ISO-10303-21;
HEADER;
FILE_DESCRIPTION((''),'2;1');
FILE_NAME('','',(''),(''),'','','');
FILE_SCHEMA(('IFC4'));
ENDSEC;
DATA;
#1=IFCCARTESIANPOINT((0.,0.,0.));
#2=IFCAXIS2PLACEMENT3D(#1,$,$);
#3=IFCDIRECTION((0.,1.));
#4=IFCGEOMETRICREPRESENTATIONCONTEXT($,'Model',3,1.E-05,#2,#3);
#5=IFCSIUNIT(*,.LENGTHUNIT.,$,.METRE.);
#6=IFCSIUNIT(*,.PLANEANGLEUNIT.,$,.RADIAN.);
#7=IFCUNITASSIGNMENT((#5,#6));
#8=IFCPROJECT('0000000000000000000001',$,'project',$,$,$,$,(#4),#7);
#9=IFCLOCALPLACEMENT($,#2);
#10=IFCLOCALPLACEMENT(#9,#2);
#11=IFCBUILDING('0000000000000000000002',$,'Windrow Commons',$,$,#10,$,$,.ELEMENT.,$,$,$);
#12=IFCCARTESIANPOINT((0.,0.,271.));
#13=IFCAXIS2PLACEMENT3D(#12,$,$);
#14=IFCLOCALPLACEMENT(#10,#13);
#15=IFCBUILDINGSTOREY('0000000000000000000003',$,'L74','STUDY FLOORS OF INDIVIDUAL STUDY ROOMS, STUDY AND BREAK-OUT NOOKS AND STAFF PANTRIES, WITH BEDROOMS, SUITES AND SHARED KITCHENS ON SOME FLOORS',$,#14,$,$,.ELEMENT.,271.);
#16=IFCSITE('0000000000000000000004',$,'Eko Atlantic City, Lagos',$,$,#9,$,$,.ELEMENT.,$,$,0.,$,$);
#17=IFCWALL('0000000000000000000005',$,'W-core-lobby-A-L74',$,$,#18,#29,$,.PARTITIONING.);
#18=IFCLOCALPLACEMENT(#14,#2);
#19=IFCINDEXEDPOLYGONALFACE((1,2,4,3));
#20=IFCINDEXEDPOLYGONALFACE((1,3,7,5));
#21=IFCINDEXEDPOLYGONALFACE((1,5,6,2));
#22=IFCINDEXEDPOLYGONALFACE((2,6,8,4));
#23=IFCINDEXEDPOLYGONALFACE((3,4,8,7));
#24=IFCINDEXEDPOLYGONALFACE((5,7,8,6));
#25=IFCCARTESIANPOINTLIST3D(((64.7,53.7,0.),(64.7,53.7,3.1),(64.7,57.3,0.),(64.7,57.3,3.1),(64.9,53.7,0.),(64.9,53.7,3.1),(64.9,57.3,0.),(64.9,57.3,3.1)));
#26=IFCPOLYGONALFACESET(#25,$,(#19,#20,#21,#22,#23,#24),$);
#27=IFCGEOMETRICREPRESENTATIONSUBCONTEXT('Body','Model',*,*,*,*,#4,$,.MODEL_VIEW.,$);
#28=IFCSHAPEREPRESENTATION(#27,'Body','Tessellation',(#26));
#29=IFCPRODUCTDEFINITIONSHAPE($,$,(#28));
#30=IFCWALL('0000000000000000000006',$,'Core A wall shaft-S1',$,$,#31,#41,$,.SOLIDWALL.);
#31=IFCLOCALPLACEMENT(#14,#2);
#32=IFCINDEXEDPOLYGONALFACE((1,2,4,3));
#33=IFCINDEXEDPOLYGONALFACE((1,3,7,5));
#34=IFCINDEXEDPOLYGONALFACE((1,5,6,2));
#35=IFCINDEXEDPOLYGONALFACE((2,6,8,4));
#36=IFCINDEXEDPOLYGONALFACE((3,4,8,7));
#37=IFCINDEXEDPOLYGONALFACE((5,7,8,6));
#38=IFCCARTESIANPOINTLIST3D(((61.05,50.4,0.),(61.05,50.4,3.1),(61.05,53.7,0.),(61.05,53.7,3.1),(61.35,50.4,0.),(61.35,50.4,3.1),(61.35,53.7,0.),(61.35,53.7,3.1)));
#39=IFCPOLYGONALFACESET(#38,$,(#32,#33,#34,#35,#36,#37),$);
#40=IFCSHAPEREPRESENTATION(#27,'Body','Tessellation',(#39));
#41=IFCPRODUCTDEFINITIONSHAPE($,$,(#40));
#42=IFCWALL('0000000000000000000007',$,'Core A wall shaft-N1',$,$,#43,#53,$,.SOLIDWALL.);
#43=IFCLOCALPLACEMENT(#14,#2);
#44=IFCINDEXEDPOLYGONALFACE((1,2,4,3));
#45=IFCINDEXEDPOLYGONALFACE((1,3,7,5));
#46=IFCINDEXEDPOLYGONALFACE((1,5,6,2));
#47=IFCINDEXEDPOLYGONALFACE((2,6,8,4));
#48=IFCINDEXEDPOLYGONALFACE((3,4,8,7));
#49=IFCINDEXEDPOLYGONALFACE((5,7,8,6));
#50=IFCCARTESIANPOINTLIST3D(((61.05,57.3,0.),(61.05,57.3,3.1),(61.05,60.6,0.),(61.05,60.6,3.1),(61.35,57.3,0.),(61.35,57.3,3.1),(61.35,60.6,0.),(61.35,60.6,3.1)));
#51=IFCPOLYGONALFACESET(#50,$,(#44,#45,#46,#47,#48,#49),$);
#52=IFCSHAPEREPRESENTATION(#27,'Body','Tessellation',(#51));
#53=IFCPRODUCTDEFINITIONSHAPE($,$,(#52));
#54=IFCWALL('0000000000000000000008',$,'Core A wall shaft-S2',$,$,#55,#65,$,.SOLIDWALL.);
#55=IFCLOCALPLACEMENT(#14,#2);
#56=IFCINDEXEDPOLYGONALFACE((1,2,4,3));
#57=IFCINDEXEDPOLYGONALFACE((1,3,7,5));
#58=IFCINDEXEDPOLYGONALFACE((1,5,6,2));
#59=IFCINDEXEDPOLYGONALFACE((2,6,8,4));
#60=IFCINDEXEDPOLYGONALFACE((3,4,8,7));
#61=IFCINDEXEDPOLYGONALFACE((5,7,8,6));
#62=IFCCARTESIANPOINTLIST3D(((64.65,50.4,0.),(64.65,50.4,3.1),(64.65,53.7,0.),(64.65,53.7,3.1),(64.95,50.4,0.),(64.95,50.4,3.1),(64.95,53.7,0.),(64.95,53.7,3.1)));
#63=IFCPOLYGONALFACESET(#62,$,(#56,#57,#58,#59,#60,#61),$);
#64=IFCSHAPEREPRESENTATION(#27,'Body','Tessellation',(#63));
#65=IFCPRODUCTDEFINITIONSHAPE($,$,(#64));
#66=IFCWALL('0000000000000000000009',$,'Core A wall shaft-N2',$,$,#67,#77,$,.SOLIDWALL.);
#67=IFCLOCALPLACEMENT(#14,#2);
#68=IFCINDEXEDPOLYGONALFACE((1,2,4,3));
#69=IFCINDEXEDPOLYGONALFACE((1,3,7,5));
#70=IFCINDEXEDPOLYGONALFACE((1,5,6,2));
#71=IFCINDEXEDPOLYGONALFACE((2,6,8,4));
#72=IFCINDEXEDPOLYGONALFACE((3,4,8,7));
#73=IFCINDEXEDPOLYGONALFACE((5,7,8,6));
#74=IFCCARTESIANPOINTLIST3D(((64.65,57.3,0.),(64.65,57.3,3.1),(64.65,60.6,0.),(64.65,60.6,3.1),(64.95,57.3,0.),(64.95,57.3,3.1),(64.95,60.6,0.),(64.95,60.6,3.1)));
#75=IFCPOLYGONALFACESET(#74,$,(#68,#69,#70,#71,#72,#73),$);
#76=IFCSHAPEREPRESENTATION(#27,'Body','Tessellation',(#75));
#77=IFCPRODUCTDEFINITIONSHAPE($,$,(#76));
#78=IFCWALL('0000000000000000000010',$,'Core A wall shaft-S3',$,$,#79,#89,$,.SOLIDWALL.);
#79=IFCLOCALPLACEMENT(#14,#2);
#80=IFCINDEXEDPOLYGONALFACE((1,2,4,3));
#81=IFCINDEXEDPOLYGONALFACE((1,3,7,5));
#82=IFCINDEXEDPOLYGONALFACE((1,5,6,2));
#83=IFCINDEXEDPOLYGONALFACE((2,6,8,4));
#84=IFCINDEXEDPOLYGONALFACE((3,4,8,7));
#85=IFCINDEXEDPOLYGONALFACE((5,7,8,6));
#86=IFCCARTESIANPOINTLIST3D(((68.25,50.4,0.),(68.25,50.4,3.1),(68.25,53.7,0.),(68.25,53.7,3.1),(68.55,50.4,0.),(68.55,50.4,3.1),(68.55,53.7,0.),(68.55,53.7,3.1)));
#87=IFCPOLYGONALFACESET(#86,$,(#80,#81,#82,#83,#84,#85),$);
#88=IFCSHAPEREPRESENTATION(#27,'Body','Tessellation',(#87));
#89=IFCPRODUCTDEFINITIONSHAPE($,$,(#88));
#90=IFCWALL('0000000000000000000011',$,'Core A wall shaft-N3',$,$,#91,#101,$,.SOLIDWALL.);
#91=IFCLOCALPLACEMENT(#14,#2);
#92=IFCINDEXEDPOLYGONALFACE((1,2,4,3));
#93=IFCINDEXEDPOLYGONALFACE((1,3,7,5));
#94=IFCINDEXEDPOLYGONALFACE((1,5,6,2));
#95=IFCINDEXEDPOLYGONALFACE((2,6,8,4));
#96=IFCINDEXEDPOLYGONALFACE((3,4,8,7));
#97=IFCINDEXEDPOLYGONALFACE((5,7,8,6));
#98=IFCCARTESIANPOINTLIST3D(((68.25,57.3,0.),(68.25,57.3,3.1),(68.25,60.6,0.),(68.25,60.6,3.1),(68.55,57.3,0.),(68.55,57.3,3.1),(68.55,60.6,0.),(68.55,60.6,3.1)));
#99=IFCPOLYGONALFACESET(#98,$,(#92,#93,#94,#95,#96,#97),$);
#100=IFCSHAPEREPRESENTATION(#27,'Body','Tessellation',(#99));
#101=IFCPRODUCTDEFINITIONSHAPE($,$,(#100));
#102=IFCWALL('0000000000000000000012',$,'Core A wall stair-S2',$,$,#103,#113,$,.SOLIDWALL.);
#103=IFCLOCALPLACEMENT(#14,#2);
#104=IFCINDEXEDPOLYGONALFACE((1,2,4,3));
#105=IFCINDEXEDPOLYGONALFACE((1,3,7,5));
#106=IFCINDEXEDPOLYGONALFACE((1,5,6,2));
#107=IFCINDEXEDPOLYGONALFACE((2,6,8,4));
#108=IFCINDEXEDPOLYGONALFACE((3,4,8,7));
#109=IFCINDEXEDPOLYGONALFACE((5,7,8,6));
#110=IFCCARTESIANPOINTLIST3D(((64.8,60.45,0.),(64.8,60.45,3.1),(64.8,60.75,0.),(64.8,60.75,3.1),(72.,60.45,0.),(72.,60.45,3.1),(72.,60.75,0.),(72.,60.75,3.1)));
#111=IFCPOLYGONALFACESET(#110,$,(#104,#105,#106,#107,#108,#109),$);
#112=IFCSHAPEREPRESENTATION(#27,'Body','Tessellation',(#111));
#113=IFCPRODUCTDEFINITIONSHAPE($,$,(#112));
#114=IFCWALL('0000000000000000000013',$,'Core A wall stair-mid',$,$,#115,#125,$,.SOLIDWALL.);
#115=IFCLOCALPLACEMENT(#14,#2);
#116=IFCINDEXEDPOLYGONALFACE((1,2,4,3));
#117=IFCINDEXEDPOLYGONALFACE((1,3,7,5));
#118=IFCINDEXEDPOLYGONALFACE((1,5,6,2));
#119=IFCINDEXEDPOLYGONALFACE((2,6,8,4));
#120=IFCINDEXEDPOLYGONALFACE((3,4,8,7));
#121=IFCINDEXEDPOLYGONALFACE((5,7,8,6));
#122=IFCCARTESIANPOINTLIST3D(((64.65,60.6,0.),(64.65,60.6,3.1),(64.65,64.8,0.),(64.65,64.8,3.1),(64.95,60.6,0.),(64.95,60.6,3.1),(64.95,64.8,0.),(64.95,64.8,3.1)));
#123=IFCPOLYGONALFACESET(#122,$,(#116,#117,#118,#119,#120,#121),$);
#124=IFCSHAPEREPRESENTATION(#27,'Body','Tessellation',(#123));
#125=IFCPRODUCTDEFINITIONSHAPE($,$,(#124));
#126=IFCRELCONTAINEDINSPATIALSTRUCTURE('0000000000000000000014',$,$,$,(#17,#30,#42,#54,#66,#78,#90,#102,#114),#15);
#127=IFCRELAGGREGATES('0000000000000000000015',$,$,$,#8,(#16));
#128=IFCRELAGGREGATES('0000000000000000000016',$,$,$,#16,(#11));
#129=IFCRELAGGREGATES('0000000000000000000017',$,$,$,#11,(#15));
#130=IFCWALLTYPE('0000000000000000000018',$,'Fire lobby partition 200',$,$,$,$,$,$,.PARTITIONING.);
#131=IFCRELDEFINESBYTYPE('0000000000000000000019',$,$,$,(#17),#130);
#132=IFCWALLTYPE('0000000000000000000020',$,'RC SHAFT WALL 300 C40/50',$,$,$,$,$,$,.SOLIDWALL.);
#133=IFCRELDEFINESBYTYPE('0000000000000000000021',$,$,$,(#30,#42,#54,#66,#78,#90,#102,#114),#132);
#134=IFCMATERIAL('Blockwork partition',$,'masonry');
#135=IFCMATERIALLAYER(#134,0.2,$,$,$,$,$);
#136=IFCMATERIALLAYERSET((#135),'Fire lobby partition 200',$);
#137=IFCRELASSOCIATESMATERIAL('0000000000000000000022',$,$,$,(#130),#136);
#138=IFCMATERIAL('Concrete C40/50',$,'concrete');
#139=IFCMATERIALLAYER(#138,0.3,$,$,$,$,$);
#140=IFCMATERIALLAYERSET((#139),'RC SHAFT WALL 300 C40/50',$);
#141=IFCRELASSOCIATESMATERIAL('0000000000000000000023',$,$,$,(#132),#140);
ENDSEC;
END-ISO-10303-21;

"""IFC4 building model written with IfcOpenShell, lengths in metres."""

from ifc_helpers import new_model, si_unit, direction, frame, frame_2d, origin, place, context, subcontext, project, spatial, rectangle, extrude, material, layer, layer_set, type_object, element, save


model = new_model("IFC4")

# Units and contexts
model_context = context("Model", 3, precision=1e-05, world=origin(), true_north=direction((0.0, 1.0)))
body_context = subcontext(model_context, "Body", "Model", "MODEL_VIEW")
ifc_project = project(units=[si_unit("LENGTHUNIT", "METRE"), si_unit("PLANEANGLEUNIT", "RADIAN")], contexts=[model_context])

# Site, building, storey
site_placement = place(None, origin())
site = spatial("IfcSite", under=ifc_project, at=site_placement, Name="Eko Atlantic City, Lagos", CompositionType="ELEMENT", RefElevation=0.0)
building_placement = place(site_placement, origin())
building = spatial("IfcBuilding", under=site, at=building_placement, Name="Windrow Commons", CompositionType="ELEMENT")
storey_placement = place(building_placement, frame((0.0, 0.0, 271.0)))
storey = spatial("IfcBuildingStorey", under=building, at=storey_placement, Name="L74", Description="STUDY FLOORS OF INDIVIDUAL STUDY ROOMS, STUDY AND BREAK-OUT NOOKS AND STAFF PANTRIES, WITH BEDROOMS, SUITES AND SHARED KITCHENS ON SOME FLOORS", CompositionType="ELEMENT", Elevation=271.0)

# Walls
ifc_material_1 = material(Name="Blockwork partition", Category="masonry")
ifc_layer_1 = layer(ifc_material_1, 0.2)
ifc_layer_set_1 = layer_set([ifc_layer_1], Name="Fire lobby partition 200")
wall_type_1 = type_object("IfcWallType", Name="Fire lobby partition 200", PredefinedType="PARTITIONING", material=ifc_layer_set_1)
wall_1_placement = place(storey_placement, frame((64.8, 53.7, 0.0), z_axis=(0.0, 0.0, 1.0), x_axis=(0.0, 1.0, 0.0)))
element("IfcWall", 1, at=wall_1_placement, inside=storey, type_object=wall_type_1, Name="W-core-lobby-A-L74", PredefinedType="PARTITIONING", context=body_context, shape_type="SweptSolid", body=[
    extrude(rectangle(XDim=3.6, YDim=0.2, at=frame_2d((1.8, 0.0))), origin(), (0.0, 0.0, 1.0), 3.1),
])
ifc_material_2 = material(Name="Concrete C40/50", Category="concrete")
ifc_layer_2 = layer(ifc_material_2, 0.3)
ifc_layer_set_2 = layer_set([ifc_layer_2], Name="RC SHAFT WALL 300 C40/50")
wall_type_2 = type_object("IfcWallType", Name="RC SHAFT WALL 300 C40/50", PredefinedType="SOLIDWALL", material=ifc_layer_set_2)
for number, where, z_axis, x_axis, name in (
    (2, (61.2, 50.4, 0.0), (0.0, 0.0, 1.0), (0.0, 1.0, 0.0), "Core A wall shaft-S1"),
    (3, (61.2, 57.3, 0.0), (0.0, 0.0, 1.0), (0.0, 1.0, 0.0), "Core A wall shaft-N1"),
    (4, (64.8, 50.4, 0.0), (0.0, 0.0, 1.0), (0.0, 1.0, 0.0), "Core A wall shaft-S2"),
    (5, (64.8, 57.3, 0.0), (0.0, 0.0, 1.0), (0.0, 1.0, 0.0), "Core A wall shaft-N2"),
    (6, (68.4, 50.4, 0.0), (0.0, 0.0, 1.0), (0.0, 1.0, 0.0), "Core A wall shaft-S3"),
    (7, (68.4, 57.3, 0.0), (0.0, 0.0, 1.0), (0.0, 1.0, 0.0), "Core A wall shaft-N3"),
):
    element("IfcWall", number, at=place(storey_placement, frame(where, z_axis=z_axis, x_axis=x_axis)), inside=storey, type_object=wall_type_2, Name=name, PredefinedType="SOLIDWALL", context=body_context, shape_type="SweptSolid", body=[
        extrude(rectangle(XDim=3.3, YDim=0.3, at=frame_2d((1.65, 0.0))), origin(), (0.0, 0.0, 1.0), 3.1),
    ])
wall_2_placement = place(storey_placement, frame((64.8, 60.6, 0.0), z_axis=(0.0, 0.0, 1.0), x_axis=(1.0, 0.0, 0.0)))
element("IfcWall", 8, at=wall_2_placement, inside=storey, type_object=wall_type_2, Name="Core A wall stair-S2", PredefinedType="SOLIDWALL", context=body_context, shape_type="SweptSolid", body=[
    extrude(rectangle(XDim=7.2, YDim=0.3, at=frame_2d((3.6, 0.0))), origin(), (0.0, 0.0, 1.0), 3.1),
])
wall_3_placement = place(storey_placement, frame((64.8, 60.6, 0.0), z_axis=(0.0, 0.0, 1.0), x_axis=(0.0, 1.0, 0.0)))
element("IfcWall", 9, at=wall_3_placement, inside=storey, type_object=wall_type_2, Name="Core A wall stair-mid", PredefinedType="SOLIDWALL", context=body_context, shape_type="SweptSolid", body=[
    extrude(rectangle(XDim=4.2, YDim=0.3, at=frame_2d((2.1, 0.0))), origin(), (0.0, 0.0, 1.0), 3.1),
])

save(model, "model.ifc")
